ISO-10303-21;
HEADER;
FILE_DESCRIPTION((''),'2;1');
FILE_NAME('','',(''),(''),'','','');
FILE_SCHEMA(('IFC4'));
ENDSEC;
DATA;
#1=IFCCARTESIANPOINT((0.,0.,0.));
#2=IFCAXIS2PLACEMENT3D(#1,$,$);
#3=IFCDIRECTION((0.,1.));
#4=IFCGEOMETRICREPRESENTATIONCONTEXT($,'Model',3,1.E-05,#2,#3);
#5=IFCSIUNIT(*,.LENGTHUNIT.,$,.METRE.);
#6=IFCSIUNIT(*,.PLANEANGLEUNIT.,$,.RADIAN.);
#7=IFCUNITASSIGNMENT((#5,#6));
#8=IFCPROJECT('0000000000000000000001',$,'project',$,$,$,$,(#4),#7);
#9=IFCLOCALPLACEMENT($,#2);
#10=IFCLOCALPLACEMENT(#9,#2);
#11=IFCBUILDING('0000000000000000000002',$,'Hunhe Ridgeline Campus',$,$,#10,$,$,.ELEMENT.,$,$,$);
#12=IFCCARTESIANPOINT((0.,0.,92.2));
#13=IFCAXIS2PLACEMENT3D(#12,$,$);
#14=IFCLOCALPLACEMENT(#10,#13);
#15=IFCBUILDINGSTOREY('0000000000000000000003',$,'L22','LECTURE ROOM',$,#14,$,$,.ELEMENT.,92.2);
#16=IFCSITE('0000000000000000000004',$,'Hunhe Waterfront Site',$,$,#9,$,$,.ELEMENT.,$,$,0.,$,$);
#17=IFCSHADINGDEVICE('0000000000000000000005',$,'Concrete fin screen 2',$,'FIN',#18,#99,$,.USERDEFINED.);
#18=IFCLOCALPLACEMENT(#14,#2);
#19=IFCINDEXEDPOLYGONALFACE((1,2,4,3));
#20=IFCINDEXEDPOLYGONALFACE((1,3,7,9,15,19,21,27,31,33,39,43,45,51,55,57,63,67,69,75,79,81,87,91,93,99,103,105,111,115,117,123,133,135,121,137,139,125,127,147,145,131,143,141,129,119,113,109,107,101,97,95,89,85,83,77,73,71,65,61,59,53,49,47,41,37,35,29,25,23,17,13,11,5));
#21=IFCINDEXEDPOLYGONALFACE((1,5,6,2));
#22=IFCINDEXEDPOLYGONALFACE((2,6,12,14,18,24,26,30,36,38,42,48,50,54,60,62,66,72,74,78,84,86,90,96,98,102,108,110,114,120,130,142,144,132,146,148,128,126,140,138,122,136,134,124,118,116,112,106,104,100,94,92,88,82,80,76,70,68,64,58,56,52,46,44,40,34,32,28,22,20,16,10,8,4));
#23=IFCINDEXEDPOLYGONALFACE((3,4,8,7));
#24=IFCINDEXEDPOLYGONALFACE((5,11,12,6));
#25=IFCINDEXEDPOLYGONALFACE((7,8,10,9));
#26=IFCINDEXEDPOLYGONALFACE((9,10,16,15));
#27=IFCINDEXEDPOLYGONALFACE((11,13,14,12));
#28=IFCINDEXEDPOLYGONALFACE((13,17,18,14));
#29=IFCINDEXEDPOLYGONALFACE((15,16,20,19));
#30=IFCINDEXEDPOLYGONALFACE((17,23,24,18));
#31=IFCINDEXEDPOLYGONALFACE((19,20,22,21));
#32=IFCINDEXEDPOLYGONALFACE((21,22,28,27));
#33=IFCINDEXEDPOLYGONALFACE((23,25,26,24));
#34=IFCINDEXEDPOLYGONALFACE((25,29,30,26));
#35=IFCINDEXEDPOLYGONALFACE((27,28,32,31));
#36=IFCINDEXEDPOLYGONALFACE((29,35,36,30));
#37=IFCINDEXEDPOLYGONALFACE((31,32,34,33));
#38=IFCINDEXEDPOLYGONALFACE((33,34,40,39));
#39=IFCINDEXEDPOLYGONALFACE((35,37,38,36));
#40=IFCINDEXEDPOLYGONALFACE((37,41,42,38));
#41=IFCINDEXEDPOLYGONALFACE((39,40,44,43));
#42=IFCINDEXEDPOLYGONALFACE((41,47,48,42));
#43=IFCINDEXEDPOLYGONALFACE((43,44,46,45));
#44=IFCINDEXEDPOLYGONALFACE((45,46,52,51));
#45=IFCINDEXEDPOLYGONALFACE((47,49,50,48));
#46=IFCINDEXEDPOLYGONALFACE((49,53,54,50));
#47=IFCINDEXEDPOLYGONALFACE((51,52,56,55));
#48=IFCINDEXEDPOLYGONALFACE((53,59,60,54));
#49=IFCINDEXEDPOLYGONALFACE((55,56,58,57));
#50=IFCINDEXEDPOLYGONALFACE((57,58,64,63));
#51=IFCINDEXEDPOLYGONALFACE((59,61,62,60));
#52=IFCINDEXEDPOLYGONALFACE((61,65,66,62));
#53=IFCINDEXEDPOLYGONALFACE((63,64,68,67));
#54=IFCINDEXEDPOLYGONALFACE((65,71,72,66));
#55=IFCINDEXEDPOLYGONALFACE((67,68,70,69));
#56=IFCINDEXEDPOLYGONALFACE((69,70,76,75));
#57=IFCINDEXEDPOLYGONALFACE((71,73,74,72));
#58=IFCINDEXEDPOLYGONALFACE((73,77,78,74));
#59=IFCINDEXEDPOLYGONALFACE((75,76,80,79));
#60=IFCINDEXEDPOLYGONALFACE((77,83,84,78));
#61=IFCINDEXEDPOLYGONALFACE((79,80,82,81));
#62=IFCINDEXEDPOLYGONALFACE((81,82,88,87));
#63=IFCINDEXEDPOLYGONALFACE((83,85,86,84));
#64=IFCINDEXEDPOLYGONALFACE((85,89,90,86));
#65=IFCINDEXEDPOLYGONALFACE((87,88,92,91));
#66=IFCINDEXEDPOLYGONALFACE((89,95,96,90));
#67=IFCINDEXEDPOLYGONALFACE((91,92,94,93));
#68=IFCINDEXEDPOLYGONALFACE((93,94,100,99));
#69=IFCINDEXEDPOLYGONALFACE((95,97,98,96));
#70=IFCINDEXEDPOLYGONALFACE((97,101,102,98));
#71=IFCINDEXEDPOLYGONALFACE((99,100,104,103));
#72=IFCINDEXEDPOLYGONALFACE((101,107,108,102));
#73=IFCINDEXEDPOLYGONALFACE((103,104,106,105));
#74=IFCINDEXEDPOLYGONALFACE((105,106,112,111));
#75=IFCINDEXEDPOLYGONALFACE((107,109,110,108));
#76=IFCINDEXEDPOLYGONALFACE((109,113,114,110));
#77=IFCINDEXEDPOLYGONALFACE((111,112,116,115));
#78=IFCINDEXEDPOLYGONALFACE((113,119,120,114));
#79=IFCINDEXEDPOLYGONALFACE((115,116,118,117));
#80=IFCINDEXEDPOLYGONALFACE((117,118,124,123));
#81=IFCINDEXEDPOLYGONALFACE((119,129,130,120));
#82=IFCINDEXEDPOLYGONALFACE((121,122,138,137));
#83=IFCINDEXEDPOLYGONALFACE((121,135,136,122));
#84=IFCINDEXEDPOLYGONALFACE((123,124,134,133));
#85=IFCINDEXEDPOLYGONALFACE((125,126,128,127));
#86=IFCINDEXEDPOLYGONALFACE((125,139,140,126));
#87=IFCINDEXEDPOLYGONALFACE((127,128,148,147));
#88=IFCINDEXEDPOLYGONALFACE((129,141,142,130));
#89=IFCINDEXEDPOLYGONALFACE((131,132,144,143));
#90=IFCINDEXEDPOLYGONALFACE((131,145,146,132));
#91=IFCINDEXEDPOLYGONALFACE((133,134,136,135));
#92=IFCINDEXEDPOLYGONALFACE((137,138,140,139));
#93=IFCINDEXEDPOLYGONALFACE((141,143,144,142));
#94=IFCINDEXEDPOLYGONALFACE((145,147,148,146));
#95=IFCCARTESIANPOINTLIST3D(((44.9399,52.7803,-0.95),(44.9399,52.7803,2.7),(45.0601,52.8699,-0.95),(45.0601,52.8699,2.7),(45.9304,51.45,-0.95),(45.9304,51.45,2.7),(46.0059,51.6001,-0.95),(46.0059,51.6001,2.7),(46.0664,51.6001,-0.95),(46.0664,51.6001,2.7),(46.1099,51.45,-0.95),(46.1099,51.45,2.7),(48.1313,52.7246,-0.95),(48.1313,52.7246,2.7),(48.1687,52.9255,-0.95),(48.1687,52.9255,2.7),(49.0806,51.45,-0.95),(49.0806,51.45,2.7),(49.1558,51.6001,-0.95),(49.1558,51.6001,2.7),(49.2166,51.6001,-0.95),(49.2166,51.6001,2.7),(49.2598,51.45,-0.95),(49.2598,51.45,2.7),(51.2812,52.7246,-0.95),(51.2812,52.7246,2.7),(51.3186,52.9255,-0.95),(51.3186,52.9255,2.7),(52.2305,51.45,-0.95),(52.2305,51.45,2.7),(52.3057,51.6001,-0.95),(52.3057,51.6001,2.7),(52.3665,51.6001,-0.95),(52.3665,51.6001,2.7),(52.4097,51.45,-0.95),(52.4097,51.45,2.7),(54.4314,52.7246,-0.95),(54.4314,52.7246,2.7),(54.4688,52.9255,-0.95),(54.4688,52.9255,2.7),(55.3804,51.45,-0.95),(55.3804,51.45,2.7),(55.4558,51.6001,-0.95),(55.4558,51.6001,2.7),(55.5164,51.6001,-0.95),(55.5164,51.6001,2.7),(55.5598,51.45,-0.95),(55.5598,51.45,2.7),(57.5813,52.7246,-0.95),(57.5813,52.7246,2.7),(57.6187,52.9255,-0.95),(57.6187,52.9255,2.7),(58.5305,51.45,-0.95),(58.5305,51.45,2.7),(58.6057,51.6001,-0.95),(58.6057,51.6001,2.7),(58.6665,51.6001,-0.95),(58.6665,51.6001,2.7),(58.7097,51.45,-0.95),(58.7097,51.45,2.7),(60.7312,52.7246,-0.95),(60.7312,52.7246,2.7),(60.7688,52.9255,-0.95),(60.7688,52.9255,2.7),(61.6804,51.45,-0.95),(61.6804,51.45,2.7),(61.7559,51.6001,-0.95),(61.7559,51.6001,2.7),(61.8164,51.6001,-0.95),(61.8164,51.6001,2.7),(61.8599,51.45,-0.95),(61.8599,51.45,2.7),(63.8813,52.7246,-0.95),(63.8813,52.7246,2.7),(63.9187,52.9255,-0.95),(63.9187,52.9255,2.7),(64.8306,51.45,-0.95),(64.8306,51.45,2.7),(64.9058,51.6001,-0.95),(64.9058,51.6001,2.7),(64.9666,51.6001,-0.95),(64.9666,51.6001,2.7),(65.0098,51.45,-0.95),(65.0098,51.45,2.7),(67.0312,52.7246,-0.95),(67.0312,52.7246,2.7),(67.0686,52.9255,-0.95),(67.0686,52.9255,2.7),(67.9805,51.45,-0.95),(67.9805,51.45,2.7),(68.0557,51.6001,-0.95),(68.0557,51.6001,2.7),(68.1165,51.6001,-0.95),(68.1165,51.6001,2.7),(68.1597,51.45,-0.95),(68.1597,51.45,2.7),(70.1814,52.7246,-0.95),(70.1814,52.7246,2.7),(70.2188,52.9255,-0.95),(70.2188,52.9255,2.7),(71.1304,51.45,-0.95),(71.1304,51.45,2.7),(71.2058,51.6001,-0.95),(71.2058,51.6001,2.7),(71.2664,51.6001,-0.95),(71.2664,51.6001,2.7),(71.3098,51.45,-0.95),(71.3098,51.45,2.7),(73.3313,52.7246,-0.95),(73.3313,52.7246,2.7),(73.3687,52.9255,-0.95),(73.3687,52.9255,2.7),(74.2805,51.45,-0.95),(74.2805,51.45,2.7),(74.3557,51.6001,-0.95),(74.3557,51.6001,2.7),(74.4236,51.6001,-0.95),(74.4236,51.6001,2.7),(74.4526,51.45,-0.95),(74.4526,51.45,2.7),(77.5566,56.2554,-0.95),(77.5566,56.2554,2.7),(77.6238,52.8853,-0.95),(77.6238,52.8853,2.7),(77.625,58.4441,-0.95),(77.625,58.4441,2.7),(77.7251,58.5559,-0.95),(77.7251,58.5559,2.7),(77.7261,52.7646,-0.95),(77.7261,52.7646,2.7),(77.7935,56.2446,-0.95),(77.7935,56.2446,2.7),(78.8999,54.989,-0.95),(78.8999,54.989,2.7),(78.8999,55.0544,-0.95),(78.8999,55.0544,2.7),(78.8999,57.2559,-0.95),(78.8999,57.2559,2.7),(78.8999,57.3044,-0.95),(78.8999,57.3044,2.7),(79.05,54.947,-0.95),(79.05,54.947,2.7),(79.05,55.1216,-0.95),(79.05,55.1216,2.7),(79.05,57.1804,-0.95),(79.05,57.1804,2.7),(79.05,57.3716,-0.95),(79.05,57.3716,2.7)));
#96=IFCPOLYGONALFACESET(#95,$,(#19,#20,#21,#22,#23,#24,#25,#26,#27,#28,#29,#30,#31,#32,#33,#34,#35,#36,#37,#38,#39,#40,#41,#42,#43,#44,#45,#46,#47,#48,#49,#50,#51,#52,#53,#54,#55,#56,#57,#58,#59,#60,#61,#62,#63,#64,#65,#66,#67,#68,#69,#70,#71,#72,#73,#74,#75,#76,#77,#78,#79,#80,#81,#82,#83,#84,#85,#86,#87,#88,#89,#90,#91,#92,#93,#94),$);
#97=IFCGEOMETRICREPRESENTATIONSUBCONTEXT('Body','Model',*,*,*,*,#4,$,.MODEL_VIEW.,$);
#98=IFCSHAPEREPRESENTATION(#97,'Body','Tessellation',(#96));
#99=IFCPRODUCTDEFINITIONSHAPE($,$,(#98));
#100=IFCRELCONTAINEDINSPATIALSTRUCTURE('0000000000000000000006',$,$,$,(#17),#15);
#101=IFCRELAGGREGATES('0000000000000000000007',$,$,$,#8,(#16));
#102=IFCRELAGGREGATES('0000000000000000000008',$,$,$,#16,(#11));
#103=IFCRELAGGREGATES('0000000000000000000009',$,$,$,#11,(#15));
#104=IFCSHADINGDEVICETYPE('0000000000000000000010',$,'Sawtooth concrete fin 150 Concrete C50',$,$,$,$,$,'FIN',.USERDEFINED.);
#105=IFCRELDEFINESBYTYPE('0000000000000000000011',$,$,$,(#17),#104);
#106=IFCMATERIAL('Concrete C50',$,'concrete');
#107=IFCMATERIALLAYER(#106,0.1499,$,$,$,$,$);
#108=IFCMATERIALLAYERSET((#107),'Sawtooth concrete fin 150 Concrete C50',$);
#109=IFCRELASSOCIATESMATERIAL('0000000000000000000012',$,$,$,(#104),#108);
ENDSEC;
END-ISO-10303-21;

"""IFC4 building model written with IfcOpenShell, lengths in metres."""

from ifc_helpers import new_model, si_unit, direction, frame, origin, place, context, subcontext, project, spatial, polyline, outline, extrude, material, layer, layer_set, type_object, element, save


model = new_model("IFC4")

# Units and contexts
model_context = context("Model", 3, precision=1e-05, world=origin(), true_north=direction((0.0, 1.0)))
body_context = subcontext(model_context, "Body", "Model", "MODEL_VIEW")
ifc_project = project(units=[si_unit("LENGTHUNIT", "METRE"), si_unit("PLANEANGLEUNIT", "RADIAN")], contexts=[model_context])

# Site, building, storey
site_placement = place(None, origin())
site = spatial("IfcSite", under=ifc_project, at=site_placement, Name="Hunhe Waterfront Site", CompositionType="ELEMENT", RefElevation=0.0)
building_placement = place(site_placement, origin())
building = spatial("IfcBuilding", under=site, at=building_placement, Name="Hunhe Ridgeline Campus", CompositionType="ELEMENT")
storey_placement = place(building_placement, frame((0.0, 0.0, 92.2)))
storey = spatial("IfcBuildingStorey", under=building, at=storey_placement, Name="L22", Description="LECTURE ROOM", CompositionType="ELEMENT", Elevation=92.2)

# Shading device
ifc_material_1 = material(Name="Concrete C50", Category="concrete")
ifc_layer_1 = layer(ifc_material_1, 0.1499)
ifc_layer_set_1 = layer_set([ifc_layer_1], Name="Sawtooth concrete fin 150 Concrete C50")
shading_device_type = type_object("IfcShadingDeviceType", Name="Sawtooth concrete fin 150 Concrete C50", ElementType="FIN", PredefinedType="USERDEFINED", material=ifc_layer_set_1)
shading_device_1_placement = place(storey_placement, frame((0.0, 0.0, -0.95)))
element("IfcShadingDevice", 1, at=shading_device_1_placement, inside=storey, type_object=shading_device_type, Name="Concrete fin screen 2", ObjectType="FIN", PredefinedType="USERDEFINED", context=body_context, shape_type="SweptSolid", body=[
    extrude(outline(polyline([(45.0601, 52.8699), (44.9399, 52.7803), (45.9304, 51.45), (46.1099, 51.45), (48.1313, 52.7246), (49.0806, 51.45), (49.2598, 51.45), (51.2812, 52.7246), (52.2305, 51.45), (52.4097, 51.45), (54.4314, 52.7246), (55.3804, 51.45), (55.5598, 51.45), (57.5813, 52.7246), (58.5305, 51.45), (58.7097, 51.45), (60.7312, 52.7246), (61.6804, 51.45), (61.8599, 51.45), (63.8813, 52.7246), (64.8306, 51.45), (65.0098, 51.45), (67.0312, 52.7246), (67.9805, 51.45), (68.1597, 51.45), (70.1814, 52.7246), (71.1304, 51.45), (71.3098, 51.45), (73.3313, 52.7246), (74.2805, 51.45), (74.4526, 51.45), (77.7261, 52.7646), (79.05, 54.947), (79.05, 55.1216), (77.7935, 56.2446), (79.05, 57.1804), (79.05, 57.3716), (77.7251, 58.5559), (77.625, 58.4441), (78.8999, 57.3044), (78.8999, 57.2559), (77.5566, 56.2554), (78.8999, 55.0544), (78.8999, 54.989), (77.6238, 52.8853), (74.4236, 51.6001), (74.3557, 51.6001), (73.3687, 52.9255), (71.2664, 51.6001), (71.2058, 51.6001), (70.2188, 52.9255), (68.1165, 51.6001), (68.0557, 51.6001), (67.0686, 52.9255), (64.9666, 51.6001), (64.9058, 51.6001), (63.9187, 52.9255), (61.8164, 51.6001), (61.7559, 51.6001), (60.7688, 52.9255), (58.6665, 51.6001), (58.6057, 51.6001), (57.6187, 52.9255), (55.5164, 51.6001), (55.4558, 51.6001), (54.4688, 52.9255), (52.3665, 51.6001), (52.3057, 51.6001), (51.3186, 52.9255), (49.2166, 51.6001), (49.1558, 51.6001), (48.1687, 52.9255), (46.0664, 51.6001), (46.0059, 51.6001), (45.0601, 52.8699)])), origin(), (0.0, 0.0, 1.0), 3.6499),
])

save(model, "model.ifc")
